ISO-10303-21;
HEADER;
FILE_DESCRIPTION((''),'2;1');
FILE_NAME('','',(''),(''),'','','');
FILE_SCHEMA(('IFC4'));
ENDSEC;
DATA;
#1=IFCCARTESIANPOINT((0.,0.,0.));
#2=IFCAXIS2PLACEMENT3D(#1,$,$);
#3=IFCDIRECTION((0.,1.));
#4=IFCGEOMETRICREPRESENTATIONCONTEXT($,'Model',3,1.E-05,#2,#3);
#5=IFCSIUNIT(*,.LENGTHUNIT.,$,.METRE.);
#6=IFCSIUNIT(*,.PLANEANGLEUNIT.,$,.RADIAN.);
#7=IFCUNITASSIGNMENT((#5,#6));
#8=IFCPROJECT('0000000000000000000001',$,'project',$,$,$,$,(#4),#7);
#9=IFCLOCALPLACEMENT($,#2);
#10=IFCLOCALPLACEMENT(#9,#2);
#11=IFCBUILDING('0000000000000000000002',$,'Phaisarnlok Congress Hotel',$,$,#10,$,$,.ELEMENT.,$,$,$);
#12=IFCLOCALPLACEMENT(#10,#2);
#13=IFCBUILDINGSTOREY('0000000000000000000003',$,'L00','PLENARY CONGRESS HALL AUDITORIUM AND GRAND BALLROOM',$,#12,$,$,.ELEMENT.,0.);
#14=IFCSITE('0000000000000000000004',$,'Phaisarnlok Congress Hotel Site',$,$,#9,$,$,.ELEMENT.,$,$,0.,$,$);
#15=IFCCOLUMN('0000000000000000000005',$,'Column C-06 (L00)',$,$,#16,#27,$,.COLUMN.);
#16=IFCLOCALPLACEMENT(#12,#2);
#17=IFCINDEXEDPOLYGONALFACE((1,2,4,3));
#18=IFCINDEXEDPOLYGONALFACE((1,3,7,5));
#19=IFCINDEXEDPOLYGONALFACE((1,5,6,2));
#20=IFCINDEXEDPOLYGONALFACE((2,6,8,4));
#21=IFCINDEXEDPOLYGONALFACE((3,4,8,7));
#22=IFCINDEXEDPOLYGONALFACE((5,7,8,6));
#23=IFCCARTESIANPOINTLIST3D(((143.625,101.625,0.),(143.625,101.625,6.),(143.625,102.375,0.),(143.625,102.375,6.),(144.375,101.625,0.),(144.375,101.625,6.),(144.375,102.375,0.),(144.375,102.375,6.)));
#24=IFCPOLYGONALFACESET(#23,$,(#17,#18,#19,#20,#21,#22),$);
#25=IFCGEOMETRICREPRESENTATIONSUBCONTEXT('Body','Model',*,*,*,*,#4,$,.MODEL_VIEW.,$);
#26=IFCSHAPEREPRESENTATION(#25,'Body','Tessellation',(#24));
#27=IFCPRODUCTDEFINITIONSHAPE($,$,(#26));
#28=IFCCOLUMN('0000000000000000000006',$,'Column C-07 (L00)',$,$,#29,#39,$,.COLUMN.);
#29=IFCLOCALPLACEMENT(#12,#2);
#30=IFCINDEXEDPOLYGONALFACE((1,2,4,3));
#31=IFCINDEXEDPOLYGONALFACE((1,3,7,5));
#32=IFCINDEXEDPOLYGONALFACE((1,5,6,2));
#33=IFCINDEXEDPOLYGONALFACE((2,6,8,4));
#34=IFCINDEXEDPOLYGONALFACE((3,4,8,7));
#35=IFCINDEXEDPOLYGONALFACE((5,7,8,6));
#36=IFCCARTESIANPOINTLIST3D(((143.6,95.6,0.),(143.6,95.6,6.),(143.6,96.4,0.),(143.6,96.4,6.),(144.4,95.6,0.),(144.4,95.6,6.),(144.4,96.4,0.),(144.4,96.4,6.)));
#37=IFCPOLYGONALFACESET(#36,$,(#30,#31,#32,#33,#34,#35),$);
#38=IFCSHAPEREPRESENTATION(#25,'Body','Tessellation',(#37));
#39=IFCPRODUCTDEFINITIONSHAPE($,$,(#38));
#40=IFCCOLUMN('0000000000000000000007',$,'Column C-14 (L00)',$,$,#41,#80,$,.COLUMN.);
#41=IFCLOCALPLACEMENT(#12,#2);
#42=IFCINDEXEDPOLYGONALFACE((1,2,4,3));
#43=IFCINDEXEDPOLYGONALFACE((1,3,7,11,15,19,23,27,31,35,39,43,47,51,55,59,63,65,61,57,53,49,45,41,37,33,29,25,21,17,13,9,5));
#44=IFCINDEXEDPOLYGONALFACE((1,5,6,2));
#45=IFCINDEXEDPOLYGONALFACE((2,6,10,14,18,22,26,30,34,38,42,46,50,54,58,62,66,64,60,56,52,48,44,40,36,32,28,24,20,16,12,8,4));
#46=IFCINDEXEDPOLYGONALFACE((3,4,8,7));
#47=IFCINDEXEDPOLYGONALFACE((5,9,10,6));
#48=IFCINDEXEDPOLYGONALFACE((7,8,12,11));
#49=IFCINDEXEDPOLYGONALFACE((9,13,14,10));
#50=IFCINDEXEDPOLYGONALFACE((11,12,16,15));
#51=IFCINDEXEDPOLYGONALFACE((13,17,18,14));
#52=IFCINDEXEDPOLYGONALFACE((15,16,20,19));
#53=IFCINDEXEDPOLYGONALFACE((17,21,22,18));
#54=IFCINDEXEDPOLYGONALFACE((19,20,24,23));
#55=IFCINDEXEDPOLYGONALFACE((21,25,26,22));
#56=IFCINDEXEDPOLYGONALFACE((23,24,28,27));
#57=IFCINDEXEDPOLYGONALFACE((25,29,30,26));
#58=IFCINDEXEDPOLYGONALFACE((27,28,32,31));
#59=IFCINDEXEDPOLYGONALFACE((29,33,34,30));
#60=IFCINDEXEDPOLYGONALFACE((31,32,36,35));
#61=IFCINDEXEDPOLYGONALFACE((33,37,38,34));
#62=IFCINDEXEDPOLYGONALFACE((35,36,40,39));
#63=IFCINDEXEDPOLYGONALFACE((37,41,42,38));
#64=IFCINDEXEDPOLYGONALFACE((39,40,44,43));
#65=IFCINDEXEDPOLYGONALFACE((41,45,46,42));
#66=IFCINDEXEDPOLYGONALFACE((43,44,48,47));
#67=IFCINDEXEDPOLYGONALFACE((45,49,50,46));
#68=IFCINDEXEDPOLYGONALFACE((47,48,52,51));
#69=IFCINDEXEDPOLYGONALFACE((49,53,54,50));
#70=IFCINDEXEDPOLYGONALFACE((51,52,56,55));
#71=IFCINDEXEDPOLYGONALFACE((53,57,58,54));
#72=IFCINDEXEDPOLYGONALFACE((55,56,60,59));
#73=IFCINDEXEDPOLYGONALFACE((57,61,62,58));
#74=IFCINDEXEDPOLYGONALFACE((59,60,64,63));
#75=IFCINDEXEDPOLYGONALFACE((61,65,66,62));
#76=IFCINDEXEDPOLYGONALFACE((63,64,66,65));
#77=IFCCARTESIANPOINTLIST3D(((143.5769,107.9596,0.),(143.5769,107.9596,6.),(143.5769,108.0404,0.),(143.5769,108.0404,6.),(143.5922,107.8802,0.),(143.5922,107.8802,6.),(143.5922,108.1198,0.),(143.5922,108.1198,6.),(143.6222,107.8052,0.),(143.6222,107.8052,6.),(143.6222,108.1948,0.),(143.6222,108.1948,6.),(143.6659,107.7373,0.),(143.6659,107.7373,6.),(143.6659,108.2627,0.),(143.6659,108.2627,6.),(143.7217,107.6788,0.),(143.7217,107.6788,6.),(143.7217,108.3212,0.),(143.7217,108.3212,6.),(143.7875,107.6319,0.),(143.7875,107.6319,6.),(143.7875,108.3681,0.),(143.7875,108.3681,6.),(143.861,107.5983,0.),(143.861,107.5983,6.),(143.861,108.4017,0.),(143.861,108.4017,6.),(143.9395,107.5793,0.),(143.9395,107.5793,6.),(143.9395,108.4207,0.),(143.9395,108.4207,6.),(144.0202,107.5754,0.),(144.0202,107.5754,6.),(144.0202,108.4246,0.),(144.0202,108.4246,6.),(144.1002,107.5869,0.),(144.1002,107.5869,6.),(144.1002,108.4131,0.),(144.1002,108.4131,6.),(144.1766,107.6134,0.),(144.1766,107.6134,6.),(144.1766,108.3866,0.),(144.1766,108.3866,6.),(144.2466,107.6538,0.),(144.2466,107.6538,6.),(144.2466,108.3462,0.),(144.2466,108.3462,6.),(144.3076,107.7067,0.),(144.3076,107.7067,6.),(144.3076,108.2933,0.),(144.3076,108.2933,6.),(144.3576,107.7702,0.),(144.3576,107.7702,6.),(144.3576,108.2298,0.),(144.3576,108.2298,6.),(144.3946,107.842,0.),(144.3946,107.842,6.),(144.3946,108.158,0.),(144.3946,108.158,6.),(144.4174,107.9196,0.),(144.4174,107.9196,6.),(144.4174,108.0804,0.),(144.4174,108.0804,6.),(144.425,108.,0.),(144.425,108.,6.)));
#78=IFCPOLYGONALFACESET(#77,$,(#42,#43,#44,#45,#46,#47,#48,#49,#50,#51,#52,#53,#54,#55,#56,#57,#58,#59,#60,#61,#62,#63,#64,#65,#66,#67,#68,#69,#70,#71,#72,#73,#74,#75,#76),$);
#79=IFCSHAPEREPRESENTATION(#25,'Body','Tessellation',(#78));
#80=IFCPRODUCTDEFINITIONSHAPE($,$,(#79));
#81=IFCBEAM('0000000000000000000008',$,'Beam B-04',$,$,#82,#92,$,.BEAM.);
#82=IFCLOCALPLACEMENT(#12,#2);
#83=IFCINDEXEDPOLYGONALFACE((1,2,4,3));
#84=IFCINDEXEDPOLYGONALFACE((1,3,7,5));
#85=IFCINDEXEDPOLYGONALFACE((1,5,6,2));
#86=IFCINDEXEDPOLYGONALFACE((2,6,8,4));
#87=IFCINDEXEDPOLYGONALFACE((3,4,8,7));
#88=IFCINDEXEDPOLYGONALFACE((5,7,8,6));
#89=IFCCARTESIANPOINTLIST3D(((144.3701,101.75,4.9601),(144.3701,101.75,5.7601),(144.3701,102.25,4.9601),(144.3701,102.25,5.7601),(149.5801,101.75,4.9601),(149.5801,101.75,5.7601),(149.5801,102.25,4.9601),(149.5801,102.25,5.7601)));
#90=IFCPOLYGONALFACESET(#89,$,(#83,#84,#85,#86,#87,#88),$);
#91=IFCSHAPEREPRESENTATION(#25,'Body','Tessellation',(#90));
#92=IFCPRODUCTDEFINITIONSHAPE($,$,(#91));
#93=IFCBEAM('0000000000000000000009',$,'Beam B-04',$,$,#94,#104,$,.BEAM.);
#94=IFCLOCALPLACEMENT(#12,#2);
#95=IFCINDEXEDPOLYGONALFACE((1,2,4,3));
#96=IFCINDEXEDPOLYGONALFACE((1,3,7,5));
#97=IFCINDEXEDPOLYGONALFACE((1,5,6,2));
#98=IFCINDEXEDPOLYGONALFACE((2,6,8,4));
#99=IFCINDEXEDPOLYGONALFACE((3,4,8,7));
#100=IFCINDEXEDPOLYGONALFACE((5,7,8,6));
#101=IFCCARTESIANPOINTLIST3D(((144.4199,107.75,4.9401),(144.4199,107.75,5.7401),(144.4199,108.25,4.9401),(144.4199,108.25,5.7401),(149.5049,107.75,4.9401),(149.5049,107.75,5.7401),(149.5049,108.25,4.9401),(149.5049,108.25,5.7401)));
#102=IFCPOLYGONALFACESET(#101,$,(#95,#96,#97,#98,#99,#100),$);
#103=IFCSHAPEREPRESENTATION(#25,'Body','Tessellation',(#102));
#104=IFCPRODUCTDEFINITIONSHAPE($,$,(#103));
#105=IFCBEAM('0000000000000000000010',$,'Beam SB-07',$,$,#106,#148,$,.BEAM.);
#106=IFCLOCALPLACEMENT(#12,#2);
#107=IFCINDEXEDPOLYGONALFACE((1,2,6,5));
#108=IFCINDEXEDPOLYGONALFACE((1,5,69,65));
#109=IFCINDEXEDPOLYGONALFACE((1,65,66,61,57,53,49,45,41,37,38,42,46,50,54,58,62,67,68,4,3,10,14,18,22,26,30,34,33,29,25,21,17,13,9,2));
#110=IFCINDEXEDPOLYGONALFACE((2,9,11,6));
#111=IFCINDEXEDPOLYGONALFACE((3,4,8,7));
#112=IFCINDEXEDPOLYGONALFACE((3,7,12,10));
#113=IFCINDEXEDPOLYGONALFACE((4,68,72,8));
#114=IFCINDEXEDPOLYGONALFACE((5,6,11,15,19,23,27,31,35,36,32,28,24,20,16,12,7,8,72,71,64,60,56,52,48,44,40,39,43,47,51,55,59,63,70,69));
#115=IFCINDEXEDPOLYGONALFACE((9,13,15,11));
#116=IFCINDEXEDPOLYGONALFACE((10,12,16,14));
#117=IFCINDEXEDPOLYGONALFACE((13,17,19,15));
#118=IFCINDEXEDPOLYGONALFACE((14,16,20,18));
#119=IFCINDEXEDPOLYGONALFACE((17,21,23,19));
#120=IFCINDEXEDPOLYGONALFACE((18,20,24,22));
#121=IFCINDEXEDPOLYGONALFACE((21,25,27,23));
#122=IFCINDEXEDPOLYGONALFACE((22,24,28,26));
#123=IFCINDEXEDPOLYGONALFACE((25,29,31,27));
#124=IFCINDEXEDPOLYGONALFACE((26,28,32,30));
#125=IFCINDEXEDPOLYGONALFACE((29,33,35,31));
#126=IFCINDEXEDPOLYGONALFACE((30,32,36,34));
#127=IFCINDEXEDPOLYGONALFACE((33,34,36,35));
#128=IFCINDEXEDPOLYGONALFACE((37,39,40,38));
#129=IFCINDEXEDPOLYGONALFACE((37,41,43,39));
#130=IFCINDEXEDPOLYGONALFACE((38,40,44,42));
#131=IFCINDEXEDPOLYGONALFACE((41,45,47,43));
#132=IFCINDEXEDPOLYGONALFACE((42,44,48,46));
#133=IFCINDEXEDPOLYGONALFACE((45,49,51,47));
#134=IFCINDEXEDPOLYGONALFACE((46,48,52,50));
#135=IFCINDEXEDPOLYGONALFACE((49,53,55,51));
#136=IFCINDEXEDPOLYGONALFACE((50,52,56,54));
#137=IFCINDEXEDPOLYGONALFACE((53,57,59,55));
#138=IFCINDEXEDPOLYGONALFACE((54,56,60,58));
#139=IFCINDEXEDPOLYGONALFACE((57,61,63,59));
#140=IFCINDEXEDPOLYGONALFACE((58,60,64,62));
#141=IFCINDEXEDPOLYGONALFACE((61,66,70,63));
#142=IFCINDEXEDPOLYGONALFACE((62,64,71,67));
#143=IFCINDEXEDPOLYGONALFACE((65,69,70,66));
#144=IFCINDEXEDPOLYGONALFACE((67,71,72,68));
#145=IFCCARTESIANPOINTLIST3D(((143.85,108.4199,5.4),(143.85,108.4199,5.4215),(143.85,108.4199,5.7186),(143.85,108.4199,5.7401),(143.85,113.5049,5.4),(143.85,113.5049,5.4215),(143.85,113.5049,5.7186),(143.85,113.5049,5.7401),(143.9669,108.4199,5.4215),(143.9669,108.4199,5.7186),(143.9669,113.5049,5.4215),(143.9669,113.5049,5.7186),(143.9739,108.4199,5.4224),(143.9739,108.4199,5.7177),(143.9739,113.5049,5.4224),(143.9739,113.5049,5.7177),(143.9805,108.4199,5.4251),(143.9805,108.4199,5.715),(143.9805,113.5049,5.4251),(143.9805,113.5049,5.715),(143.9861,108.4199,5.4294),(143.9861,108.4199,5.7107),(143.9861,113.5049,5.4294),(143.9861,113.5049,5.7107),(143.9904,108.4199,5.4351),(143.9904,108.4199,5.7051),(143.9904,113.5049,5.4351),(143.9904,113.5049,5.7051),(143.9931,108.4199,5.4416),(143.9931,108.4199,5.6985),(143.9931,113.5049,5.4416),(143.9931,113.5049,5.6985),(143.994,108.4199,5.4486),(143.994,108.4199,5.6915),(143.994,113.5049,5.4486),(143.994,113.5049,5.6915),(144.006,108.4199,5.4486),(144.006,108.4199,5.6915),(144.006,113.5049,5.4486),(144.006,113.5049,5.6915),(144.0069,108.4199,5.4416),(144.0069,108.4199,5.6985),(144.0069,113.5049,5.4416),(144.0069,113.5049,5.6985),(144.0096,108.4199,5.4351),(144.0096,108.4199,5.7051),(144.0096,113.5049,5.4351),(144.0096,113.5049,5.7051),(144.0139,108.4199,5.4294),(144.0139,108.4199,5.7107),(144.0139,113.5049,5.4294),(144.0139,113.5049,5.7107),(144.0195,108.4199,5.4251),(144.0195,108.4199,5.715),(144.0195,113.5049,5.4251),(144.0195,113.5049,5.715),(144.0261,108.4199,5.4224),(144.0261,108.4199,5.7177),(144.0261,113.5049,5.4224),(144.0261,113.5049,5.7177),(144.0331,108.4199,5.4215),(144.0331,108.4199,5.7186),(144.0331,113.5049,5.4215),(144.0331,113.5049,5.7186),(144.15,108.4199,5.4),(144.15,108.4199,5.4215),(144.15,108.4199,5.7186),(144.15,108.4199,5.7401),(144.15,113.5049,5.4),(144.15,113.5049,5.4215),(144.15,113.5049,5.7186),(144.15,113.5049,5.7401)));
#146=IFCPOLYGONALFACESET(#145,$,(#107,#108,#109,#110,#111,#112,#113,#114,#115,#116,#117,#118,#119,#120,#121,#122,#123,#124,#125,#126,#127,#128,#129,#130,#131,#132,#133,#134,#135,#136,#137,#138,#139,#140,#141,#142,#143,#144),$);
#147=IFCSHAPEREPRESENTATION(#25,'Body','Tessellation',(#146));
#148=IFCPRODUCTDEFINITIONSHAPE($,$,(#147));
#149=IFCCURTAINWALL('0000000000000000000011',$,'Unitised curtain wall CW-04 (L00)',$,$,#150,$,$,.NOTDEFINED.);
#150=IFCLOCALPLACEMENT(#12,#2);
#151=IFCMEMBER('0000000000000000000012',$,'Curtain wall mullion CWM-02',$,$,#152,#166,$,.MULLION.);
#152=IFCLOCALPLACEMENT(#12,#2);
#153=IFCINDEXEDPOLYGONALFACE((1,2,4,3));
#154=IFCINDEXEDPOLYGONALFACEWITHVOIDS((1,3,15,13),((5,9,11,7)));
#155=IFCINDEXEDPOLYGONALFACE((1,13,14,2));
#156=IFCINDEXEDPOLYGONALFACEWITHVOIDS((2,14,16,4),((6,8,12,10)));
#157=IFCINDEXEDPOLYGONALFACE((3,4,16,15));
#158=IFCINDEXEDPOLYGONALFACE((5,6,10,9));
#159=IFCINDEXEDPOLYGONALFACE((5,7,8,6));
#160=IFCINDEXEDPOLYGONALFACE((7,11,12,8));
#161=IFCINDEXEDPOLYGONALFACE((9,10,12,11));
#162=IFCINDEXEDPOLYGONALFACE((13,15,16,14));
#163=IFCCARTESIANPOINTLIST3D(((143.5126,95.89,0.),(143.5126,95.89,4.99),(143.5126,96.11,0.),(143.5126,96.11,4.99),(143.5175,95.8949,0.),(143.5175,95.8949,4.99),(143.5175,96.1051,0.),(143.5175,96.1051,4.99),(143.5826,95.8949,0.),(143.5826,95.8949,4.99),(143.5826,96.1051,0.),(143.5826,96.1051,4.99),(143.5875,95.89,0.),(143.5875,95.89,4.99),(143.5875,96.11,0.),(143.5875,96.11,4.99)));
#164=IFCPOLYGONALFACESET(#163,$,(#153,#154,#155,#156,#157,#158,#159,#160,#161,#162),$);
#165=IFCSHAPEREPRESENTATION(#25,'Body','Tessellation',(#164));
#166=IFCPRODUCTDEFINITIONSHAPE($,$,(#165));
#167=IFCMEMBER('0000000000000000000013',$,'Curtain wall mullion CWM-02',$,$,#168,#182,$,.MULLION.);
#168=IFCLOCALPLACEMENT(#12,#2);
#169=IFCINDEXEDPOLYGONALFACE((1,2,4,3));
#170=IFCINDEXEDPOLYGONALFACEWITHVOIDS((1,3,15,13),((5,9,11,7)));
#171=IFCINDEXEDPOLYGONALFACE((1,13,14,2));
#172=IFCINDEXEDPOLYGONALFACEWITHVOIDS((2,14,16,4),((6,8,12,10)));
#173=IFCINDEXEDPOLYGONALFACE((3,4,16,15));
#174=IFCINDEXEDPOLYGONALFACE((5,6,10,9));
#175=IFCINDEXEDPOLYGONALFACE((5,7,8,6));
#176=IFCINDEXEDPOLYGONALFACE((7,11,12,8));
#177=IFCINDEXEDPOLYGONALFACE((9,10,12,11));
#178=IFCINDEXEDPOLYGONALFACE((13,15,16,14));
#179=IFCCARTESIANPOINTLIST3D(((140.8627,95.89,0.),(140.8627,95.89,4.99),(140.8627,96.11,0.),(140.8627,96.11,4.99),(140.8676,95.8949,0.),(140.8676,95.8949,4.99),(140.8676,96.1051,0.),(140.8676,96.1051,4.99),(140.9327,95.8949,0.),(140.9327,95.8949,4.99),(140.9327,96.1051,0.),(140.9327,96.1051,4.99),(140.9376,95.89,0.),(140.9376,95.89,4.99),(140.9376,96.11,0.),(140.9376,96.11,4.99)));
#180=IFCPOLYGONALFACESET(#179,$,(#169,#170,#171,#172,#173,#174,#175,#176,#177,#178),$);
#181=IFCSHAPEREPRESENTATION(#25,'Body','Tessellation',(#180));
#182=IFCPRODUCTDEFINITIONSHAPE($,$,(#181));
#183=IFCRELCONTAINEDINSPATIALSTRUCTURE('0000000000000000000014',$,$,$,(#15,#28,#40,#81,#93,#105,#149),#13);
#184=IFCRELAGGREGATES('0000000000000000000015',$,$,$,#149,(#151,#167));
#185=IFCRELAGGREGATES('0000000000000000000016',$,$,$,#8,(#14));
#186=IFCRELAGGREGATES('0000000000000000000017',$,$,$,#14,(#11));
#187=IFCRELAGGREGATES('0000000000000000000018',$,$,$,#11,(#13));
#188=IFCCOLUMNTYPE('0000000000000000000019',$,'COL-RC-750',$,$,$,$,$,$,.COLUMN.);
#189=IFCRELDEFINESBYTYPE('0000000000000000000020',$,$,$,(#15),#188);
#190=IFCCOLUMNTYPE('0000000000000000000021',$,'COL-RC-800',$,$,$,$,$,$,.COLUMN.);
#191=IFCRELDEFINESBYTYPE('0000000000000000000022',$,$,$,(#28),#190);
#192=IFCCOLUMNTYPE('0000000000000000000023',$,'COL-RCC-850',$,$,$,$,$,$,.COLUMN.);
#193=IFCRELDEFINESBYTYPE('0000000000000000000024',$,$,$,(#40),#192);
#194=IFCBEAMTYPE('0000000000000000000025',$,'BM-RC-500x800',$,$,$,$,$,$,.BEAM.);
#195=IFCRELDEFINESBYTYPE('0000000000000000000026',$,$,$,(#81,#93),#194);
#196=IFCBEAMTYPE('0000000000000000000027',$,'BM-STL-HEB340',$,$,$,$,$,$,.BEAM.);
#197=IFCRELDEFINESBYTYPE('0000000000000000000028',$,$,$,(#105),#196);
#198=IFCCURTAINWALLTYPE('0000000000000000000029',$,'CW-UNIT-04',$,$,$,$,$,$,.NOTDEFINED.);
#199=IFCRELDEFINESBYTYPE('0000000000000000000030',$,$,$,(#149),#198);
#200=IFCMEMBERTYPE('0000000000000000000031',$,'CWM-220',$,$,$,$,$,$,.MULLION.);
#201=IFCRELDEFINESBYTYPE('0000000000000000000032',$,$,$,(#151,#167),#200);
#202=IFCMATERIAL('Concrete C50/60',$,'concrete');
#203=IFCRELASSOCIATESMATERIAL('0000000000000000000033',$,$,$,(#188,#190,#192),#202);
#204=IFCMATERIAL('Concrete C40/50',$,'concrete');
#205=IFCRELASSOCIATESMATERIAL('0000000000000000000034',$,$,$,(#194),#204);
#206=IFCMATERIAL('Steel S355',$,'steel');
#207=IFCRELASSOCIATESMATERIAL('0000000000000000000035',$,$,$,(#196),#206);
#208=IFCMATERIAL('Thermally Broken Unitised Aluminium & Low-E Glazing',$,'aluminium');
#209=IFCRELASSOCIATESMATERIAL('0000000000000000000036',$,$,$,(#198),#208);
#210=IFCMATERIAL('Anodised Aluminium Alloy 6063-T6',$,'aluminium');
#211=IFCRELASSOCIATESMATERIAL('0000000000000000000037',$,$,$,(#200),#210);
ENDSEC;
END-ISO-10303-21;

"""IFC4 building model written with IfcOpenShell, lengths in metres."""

from ifc_helpers import new_model, si_unit, direction, frame, origin, origin_2d, place, context, subcontext, project, spatial, rectangle, hollow_rectangle, circle, i_section, extrude, material, material_profile, profile_set, type_object, element, aggregate, save


model = new_model("IFC4")

# Units and contexts
model_context = context("Model", 3, precision=1e-05, world=origin(), true_north=direction((0.0, 1.0)))
body_context = subcontext(model_context, "Body", "Model", "MODEL_VIEW")
ifc_project = project(units=[si_unit("LENGTHUNIT", "METRE"), si_unit("PLANEANGLEUNIT", "RADIAN")], contexts=[model_context])

# Site, building, storey
site_placement = place(None, origin())
site = spatial("IfcSite", under=ifc_project, at=site_placement, Name="Phaisarnlok Congress Hotel Site", CompositionType="ELEMENT", RefElevation=0.0)
building_placement = place(site_placement, origin())
building = spatial("IfcBuilding", under=site, at=building_placement, Name="Phaisarnlok Congress Hotel", CompositionType="ELEMENT")
storey_placement = place(building_placement, origin())
storey = spatial("IfcBuildingStorey", under=building, at=storey_placement, Name="L00", Description="PLENARY CONGRESS HALL AUDITORIUM AND GRAND BALLROOM", CompositionType="ELEMENT", Elevation=0.0)

# Columns
ifc_material_1 = material(Name="Concrete C50/60", Category="concrete")
ifc_material_profile_1 = material_profile(ifc_material_1, rectangle(XDim=0.75, YDim=0.75, at=origin_2d()), Name="RC 750x750")
ifc_profile_set_1 = profile_set([ifc_material_profile_1], Name="Concrete C50/60")
column_type_1 = type_object("IfcColumnType", Name="COL-RC-750", PredefinedType="COLUMN", material=ifc_profile_set_1)
column_1_placement = place(storey_placement, frame((144.0, 102.0, 0.0), z_axis=(0.0, 0.0, 1.0), x_axis=(1.0, 0.0, 0.0)))
element("IfcColumn", 1, at=column_1_placement, inside=storey, type_object=column_type_1, Name="Column C-06 (L00)", PredefinedType="COLUMN", context=body_context, shape_type="SweptSolid", body=[
    extrude(rectangle(XDim=0.75, YDim=0.75, at=origin_2d()), origin(), (0.0, 0.0, 1.0), 6.0),
])
ifc_material_profile_2 = material_profile(ifc_material_1, rectangle(XDim=0.8, YDim=0.8, at=origin_2d()), Name="RC 800x800")
ifc_profile_set_2 = profile_set([ifc_material_profile_2], Name="Concrete C50/60")
column_type_2 = type_object("IfcColumnType", Name="COL-RC-800", PredefinedType="COLUMN", material=ifc_profile_set_2)
column_2_placement = place(storey_placement, frame((144.0, 96.0, 0.0), z_axis=(0.0, 0.0, 1.0), x_axis=(1.0, 0.0, 0.0)))
element("IfcColumn", 2, at=column_2_placement, inside=storey, type_object=column_type_2, Name="Column C-07 (L00)", PredefinedType="COLUMN", context=body_context, shape_type="SweptSolid", body=[
    extrude(rectangle(XDim=0.8, YDim=0.8, at=origin_2d()), origin(), (0.0, 0.0, 1.0), 6.0),
])
ifc_material_profile_3 = material_profile(ifc_material_1, circle(Radius=0.425, at=origin_2d()), Name="RCC D850")
ifc_profile_set_3 = profile_set([ifc_material_profile_3], Name="Concrete C50/60")
column_type_3 = type_object("IfcColumnType", Name="COL-RCC-850", PredefinedType="COLUMN", material=ifc_profile_set_3)
column_3_placement = place(storey_placement, frame((144.0, 108.0, 0.0), z_axis=(0.0, 0.0, 1.0), x_axis=(1.0, 0.0, 0.0)))
element("IfcColumn", 3, at=column_3_placement, inside=storey, type_object=column_type_3, Name="Column C-14 (L00)", PredefinedType="COLUMN", context=body_context, shape_type="SweptSolid", body=[
    extrude(circle(Radius=0.425, at=origin_2d()), origin(), (0.0, 0.0, 1.0), 6.0),
])

# Beams
ifc_material_2 = material(Name="Concrete C40/50", Category="concrete")
ifc_material_profile_4 = material_profile(ifc_material_2, rectangle(XDim=0.5, YDim=0.8, at=origin_2d()), Name="RC 500x800")
ifc_profile_set_4 = profile_set([ifc_material_profile_4], Name="Concrete C40/50")
beam_type_1 = type_object("IfcBeamType", Name="BM-RC-500x800", PredefinedType="BEAM", material=ifc_profile_set_4)
beam_1_placement = place(storey_placement, frame((144.3701, 102.0, 5.3601), z_axis=(1.0, 0.0, 0.0), x_axis=(0.0, 1.0, 0.0)))
element("IfcBeam", 4, at=beam_1_placement, inside=storey, type_object=beam_type_1, Name="Beam B-04", PredefinedType="BEAM", context=body_context, shape_type="SweptSolid", body=[
    extrude(rectangle(XDim=0.5, YDim=0.8, at=origin_2d()), origin(), (0.0, 0.0, 1.0), 5.21),
])
beam_2_placement = place(storey_placement, frame((144.4199, 108.0, 5.3401), z_axis=(1.0, 0.0, 0.0), x_axis=(0.0, 1.0, 0.0)))
element("IfcBeam", 5, at=beam_2_placement, inside=storey, type_object=beam_type_1, Name="Beam B-04", PredefinedType="BEAM", context=body_context, shape_type="SweptSolid", body=[
    extrude(rectangle(XDim=0.5, YDim=0.8, at=origin_2d()), origin(), (0.0, 0.0, 1.0), 5.085),
])
ifc_material_3 = material(Name="Steel S355", Category="steel")
ifc_material_profile_5 = material_profile(ifc_material_3, i_section(OverallWidth=0.3, OverallDepth=0.3401, WebThickness=0.012, FlangeThickness=0.0215, FilletRadius=0.0271, at=origin_2d()), Name="HEB 340")
ifc_profile_set_5 = profile_set([ifc_material_profile_5], Name="Steel S355")
beam_type_2 = type_object("IfcBeamType", Name="BM-STL-HEB340", PredefinedType="BEAM", material=ifc_profile_set_5)
beam_3_placement = place(storey_placement, frame((144.0, 108.4199, 5.5701), z_axis=(0.0, 1.0, 0.0), x_axis=(-1.0, 0.0, 0.0)))
element("IfcBeam", 6, at=beam_3_placement, inside=storey, type_object=beam_type_2, Name="Beam SB-07", PredefinedType="BEAM", context=body_context, shape_type="SweptSolid", body=[
    extrude(i_section(OverallWidth=0.3, OverallDepth=0.3401, WebThickness=0.012, FlangeThickness=0.0215, FilletRadius=0.0271, at=origin_2d()), origin(), (0.0, 0.0, 1.0), 5.085),
])

# Curtain wall, members
ifc_material_4 = material(Name="Thermally Broken Unitised Aluminium & Low-E Glazing", Category="aluminium")
curtain_wall_type = type_object("IfcCurtainWallType", Name="CW-UNIT-04", PredefinedType="NOTDEFINED", material=ifc_material_4)
curtain_wall_placement = place(storey_placement, origin())
curtain_wall = element("IfcCurtainWall", 7, at=curtain_wall_placement, inside=storey, type_object=curtain_wall_type, Name="Unitised curtain wall CW-04 (L00)", PredefinedType="NOTDEFINED")
ifc_material_5 = material(Name="Anodised Aluminium Alloy 6063-T6", Category="aluminium")
ifc_material_profile_6 = material_profile(ifc_material_5, hollow_rectangle(XDim=0.075, YDim=0.22, WallThickness=0.0049, at=origin_2d()), Name="ALU-M 75x220x5")
ifc_profile_set_6 = profile_set([ifc_material_profile_6], Name="Anodised Aluminium Alloy 6063-T6")
member_type_1 = type_object("IfcMemberType", Name="CWM-220", PredefinedType="MULLION", material=ifc_profile_set_6)
member_1_placement = place(storey_placement, frame((143.55, 96.0, 0.0), z_axis=(0.0, 0.0, 1.0), x_axis=(-1.0, 0.0, 0.0)))
member_1 = element("IfcMember", 8, at=member_1_placement, type_object=member_type_1, Name="Curtain wall mullion CWM-02", PredefinedType="MULLION", context=body_context, shape_type="SweptSolid", body=[
    extrude(hollow_rectangle(XDim=0.075, YDim=0.22, WallThickness=0.0049, at=origin_2d()), origin(), (0.0, 0.0, 1.0), 4.99),
])
member_2_placement = place(storey_placement, frame((140.9001, 96.0, 0.0), z_axis=(0.0, 0.0, 1.0), x_axis=(-1.0, 0.0, 0.0)))
member_2 = element("IfcMember", 9, at=member_2_placement, type_object=member_type_1, Name="Curtain wall mullion CWM-02", PredefinedType="MULLION", context=body_context, shape_type="SweptSolid", body=[
    extrude(hollow_rectangle(XDim=0.075, YDim=0.22, WallThickness=0.0049, at=origin_2d()), origin(), (0.0, 0.0, 1.0), 4.99),
])

aggregate(curtain_wall, [member_1, member_2])

save(model, "model.ifc")
